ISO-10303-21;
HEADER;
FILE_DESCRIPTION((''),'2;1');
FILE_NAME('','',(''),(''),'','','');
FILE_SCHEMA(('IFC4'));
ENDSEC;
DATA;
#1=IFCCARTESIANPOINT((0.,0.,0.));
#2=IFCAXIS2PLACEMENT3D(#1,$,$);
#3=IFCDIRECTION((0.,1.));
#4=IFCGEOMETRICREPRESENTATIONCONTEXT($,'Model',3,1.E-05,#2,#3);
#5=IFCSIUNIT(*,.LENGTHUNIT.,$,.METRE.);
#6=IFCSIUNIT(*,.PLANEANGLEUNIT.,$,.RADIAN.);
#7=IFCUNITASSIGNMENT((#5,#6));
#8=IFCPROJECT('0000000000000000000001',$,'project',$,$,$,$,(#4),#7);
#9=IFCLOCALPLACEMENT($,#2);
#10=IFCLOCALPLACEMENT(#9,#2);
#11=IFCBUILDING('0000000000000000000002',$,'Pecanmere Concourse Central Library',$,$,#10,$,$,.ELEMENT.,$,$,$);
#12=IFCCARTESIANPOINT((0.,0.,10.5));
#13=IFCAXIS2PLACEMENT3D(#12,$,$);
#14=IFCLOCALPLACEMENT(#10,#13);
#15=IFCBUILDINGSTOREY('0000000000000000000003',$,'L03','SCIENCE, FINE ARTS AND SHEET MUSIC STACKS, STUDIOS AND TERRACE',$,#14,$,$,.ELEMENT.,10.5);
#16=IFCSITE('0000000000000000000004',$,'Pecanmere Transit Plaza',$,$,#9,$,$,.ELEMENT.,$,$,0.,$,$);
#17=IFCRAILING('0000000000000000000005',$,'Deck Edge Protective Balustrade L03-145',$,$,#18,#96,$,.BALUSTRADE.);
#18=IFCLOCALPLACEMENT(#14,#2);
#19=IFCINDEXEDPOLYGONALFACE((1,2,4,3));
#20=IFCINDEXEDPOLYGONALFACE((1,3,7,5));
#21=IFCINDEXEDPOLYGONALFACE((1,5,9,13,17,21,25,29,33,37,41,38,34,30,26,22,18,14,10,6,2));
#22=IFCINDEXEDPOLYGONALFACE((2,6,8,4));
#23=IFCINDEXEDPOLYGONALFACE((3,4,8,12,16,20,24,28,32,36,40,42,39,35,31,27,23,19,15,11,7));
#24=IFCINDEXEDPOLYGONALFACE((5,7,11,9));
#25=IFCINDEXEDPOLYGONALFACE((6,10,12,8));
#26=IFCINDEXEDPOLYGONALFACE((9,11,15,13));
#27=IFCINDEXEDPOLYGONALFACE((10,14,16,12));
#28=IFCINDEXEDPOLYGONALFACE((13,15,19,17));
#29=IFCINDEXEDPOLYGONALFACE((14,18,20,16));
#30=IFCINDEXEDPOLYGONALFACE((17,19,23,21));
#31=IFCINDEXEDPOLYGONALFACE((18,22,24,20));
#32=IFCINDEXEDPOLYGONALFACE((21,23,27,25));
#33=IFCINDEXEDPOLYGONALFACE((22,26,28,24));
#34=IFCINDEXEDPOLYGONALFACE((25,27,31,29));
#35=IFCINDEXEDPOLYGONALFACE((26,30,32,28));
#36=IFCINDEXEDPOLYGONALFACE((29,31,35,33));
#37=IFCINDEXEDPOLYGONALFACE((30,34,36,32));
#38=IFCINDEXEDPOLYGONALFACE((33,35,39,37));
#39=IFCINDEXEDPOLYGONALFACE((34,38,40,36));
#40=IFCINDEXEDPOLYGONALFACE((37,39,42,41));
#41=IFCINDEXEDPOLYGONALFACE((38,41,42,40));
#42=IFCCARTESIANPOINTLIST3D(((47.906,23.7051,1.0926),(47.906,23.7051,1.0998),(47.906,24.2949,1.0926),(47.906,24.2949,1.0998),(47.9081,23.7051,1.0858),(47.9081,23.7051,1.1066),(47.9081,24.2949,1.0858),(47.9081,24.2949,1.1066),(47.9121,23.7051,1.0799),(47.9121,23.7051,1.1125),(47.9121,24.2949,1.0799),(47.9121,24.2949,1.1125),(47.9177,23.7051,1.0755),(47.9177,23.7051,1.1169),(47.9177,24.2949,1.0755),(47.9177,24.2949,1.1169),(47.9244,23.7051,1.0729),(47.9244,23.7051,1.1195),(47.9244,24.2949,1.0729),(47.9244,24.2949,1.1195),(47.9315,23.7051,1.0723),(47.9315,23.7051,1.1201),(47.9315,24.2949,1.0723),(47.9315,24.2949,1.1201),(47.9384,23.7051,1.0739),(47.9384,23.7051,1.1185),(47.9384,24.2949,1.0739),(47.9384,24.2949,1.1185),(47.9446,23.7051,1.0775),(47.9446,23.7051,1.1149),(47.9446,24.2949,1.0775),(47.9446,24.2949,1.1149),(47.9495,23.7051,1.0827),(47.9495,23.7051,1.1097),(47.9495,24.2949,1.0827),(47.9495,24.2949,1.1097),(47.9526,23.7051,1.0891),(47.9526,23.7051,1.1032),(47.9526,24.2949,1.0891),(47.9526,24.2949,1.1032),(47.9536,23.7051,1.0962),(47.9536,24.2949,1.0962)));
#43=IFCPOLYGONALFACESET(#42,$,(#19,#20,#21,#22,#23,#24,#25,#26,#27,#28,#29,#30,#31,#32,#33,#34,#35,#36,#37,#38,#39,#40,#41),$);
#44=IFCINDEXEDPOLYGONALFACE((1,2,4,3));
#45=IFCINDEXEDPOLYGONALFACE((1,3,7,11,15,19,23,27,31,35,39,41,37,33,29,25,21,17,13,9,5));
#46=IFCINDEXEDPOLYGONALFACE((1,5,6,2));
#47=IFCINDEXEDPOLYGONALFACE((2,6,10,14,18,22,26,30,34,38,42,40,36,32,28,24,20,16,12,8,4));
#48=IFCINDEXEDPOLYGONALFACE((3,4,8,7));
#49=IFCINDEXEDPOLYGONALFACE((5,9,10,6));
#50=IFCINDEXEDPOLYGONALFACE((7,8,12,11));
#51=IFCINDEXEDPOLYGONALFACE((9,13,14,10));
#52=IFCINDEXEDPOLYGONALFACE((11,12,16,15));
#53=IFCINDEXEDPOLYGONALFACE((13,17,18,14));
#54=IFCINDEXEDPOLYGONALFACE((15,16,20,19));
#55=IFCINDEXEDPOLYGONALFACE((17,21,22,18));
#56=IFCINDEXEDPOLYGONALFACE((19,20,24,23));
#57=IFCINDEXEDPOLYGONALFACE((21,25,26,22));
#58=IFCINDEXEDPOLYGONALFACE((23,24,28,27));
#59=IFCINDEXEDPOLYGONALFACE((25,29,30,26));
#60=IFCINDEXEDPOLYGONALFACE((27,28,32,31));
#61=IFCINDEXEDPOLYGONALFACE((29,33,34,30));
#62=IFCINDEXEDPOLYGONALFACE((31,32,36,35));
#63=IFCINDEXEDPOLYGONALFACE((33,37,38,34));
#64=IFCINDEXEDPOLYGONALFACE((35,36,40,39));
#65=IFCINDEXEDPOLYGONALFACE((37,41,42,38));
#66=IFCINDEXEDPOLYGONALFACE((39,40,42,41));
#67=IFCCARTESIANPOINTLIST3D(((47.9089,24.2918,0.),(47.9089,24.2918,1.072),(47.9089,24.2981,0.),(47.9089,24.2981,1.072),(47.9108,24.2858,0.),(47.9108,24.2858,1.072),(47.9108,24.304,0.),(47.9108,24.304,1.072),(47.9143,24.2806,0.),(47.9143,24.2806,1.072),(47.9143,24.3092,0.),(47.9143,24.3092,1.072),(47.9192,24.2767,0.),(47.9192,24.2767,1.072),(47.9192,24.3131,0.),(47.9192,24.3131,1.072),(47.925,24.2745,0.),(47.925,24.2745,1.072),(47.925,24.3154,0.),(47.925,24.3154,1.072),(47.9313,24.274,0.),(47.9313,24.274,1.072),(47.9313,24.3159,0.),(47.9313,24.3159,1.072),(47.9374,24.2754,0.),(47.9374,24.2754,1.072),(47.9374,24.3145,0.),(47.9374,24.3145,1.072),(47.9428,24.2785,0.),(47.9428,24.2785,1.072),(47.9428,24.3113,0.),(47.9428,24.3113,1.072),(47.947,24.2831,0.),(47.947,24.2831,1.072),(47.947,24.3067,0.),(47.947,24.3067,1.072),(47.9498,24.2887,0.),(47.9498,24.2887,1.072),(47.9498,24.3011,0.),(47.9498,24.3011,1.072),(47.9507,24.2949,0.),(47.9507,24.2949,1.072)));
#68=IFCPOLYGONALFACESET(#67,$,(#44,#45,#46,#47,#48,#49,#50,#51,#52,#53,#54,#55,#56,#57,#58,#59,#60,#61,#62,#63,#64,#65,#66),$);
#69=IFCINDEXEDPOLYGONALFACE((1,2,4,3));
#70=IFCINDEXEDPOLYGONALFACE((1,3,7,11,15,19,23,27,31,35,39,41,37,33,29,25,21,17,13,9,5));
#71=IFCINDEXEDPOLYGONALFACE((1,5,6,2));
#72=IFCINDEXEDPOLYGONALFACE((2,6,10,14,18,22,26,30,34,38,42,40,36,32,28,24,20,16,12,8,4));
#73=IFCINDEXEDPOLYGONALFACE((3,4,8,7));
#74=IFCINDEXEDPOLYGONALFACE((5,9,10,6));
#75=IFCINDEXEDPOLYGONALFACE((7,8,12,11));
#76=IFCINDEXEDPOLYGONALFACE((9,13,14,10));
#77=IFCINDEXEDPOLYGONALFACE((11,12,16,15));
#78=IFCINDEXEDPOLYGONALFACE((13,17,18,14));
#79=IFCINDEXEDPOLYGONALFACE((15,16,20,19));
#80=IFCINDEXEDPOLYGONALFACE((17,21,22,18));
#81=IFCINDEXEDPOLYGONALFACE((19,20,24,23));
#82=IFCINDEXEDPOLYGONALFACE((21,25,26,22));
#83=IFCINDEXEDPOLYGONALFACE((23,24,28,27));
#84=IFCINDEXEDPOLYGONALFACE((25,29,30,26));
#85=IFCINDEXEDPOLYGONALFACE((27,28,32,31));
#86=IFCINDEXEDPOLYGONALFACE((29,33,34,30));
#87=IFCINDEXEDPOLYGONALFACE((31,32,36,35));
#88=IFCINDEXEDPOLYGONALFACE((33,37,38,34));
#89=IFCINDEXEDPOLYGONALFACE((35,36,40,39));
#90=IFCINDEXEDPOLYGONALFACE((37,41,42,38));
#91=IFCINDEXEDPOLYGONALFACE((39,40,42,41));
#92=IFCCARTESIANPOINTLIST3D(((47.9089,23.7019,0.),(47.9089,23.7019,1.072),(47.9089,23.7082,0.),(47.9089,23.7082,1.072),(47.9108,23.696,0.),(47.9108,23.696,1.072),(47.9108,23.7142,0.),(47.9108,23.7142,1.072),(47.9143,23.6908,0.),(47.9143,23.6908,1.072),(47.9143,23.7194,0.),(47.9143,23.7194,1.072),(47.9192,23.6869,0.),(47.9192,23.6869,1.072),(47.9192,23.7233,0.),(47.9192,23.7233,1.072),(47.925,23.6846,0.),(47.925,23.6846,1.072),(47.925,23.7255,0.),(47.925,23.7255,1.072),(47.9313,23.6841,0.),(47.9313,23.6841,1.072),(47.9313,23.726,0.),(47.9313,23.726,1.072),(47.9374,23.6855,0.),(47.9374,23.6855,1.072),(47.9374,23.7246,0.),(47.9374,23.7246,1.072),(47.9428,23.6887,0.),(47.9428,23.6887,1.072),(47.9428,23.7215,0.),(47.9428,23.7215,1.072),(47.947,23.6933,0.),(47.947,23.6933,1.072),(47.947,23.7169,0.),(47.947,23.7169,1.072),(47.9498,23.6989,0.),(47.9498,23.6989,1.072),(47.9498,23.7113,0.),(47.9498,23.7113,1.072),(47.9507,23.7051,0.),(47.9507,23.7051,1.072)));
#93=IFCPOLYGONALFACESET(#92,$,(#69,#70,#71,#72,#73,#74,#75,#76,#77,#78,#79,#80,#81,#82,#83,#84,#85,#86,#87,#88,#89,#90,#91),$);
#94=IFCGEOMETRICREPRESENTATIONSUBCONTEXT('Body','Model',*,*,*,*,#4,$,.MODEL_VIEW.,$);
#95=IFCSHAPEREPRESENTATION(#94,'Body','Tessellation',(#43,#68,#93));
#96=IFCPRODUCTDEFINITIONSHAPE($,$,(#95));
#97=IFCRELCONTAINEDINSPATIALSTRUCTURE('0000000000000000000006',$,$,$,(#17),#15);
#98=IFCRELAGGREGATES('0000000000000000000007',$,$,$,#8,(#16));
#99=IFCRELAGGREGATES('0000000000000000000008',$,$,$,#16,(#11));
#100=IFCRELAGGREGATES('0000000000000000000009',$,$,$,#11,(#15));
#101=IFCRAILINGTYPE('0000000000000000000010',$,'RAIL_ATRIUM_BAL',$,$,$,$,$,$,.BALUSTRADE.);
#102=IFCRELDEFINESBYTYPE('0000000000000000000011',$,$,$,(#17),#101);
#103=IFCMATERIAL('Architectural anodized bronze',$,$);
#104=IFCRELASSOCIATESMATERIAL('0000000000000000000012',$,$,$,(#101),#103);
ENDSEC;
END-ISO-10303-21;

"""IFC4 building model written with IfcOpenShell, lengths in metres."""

from ifc_helpers import new_model, si_unit, direction, frame, origin, origin_2d, place, context, subcontext, project, spatial, circle, extrude, material, type_object, element, save


model = new_model("IFC4")

# Units and contexts
model_context = context("Model", 3, precision=1e-05, world=origin(), true_north=direction((0.0, 1.0)))
body_context = subcontext(model_context, "Body", "Model", "MODEL_VIEW")
ifc_project = project(units=[si_unit("LENGTHUNIT", "METRE"), si_unit("PLANEANGLEUNIT", "RADIAN")], contexts=[model_context])

# Site, building, storey
site_placement = place(None, origin())
site = spatial("IfcSite", under=ifc_project, at=site_placement, Name="Pecanmere Transit Plaza", CompositionType="ELEMENT", RefElevation=0.0)
building_placement = place(site_placement, origin())
building = spatial("IfcBuilding", under=site, at=building_placement, Name="Pecanmere Concourse Central Library", CompositionType="ELEMENT")
storey_placement = place(building_placement, frame((0.0, 0.0, 10.5)))
storey = spatial("IfcBuildingStorey", under=building, at=storey_placement, Name="L03", Description="SCIENCE, FINE ARTS AND SHEET MUSIC STACKS, STUDIOS AND TERRACE", CompositionType="ELEMENT", Elevation=10.5)

# Railing
ifc_material_1 = material(Name="Architectural anodized bronze")
railing_type = type_object("IfcRailingType", Name="RAIL_ATRIUM_BAL", PredefinedType="BALUSTRADE", material=ifc_material_1)
railing_1_placement = place(storey_placement, frame((47.9297, 24.2949, 0.0)))
element("IfcRailing", 1, at=railing_1_placement, inside=storey, type_object=railing_type, Name="Deck Edge Protective Balustrade L03-145", PredefinedType="BALUSTRADE", context=body_context, shape_type="SweptSolid", body=[
    extrude(circle(Radius=0.0239, at=origin_2d()), frame((0.0, 0.0, 1.0962), z_axis=(0.0, -1.0, 0.0), x_axis=(1.0, 0.0, 0.0)), (0.0, 0.0, 1.0), 0.5898),
    extrude(circle(Radius=0.021, at=origin_2d()), origin(), (0.0, 0.0, 1.0), 1.072),
    extrude(circle(Radius=0.021, at=origin_2d()), frame((0.0, -0.5898, 0.0)), (0.0, 0.0, 1.0), 1.072),
])

save(model, "model.ifc")
